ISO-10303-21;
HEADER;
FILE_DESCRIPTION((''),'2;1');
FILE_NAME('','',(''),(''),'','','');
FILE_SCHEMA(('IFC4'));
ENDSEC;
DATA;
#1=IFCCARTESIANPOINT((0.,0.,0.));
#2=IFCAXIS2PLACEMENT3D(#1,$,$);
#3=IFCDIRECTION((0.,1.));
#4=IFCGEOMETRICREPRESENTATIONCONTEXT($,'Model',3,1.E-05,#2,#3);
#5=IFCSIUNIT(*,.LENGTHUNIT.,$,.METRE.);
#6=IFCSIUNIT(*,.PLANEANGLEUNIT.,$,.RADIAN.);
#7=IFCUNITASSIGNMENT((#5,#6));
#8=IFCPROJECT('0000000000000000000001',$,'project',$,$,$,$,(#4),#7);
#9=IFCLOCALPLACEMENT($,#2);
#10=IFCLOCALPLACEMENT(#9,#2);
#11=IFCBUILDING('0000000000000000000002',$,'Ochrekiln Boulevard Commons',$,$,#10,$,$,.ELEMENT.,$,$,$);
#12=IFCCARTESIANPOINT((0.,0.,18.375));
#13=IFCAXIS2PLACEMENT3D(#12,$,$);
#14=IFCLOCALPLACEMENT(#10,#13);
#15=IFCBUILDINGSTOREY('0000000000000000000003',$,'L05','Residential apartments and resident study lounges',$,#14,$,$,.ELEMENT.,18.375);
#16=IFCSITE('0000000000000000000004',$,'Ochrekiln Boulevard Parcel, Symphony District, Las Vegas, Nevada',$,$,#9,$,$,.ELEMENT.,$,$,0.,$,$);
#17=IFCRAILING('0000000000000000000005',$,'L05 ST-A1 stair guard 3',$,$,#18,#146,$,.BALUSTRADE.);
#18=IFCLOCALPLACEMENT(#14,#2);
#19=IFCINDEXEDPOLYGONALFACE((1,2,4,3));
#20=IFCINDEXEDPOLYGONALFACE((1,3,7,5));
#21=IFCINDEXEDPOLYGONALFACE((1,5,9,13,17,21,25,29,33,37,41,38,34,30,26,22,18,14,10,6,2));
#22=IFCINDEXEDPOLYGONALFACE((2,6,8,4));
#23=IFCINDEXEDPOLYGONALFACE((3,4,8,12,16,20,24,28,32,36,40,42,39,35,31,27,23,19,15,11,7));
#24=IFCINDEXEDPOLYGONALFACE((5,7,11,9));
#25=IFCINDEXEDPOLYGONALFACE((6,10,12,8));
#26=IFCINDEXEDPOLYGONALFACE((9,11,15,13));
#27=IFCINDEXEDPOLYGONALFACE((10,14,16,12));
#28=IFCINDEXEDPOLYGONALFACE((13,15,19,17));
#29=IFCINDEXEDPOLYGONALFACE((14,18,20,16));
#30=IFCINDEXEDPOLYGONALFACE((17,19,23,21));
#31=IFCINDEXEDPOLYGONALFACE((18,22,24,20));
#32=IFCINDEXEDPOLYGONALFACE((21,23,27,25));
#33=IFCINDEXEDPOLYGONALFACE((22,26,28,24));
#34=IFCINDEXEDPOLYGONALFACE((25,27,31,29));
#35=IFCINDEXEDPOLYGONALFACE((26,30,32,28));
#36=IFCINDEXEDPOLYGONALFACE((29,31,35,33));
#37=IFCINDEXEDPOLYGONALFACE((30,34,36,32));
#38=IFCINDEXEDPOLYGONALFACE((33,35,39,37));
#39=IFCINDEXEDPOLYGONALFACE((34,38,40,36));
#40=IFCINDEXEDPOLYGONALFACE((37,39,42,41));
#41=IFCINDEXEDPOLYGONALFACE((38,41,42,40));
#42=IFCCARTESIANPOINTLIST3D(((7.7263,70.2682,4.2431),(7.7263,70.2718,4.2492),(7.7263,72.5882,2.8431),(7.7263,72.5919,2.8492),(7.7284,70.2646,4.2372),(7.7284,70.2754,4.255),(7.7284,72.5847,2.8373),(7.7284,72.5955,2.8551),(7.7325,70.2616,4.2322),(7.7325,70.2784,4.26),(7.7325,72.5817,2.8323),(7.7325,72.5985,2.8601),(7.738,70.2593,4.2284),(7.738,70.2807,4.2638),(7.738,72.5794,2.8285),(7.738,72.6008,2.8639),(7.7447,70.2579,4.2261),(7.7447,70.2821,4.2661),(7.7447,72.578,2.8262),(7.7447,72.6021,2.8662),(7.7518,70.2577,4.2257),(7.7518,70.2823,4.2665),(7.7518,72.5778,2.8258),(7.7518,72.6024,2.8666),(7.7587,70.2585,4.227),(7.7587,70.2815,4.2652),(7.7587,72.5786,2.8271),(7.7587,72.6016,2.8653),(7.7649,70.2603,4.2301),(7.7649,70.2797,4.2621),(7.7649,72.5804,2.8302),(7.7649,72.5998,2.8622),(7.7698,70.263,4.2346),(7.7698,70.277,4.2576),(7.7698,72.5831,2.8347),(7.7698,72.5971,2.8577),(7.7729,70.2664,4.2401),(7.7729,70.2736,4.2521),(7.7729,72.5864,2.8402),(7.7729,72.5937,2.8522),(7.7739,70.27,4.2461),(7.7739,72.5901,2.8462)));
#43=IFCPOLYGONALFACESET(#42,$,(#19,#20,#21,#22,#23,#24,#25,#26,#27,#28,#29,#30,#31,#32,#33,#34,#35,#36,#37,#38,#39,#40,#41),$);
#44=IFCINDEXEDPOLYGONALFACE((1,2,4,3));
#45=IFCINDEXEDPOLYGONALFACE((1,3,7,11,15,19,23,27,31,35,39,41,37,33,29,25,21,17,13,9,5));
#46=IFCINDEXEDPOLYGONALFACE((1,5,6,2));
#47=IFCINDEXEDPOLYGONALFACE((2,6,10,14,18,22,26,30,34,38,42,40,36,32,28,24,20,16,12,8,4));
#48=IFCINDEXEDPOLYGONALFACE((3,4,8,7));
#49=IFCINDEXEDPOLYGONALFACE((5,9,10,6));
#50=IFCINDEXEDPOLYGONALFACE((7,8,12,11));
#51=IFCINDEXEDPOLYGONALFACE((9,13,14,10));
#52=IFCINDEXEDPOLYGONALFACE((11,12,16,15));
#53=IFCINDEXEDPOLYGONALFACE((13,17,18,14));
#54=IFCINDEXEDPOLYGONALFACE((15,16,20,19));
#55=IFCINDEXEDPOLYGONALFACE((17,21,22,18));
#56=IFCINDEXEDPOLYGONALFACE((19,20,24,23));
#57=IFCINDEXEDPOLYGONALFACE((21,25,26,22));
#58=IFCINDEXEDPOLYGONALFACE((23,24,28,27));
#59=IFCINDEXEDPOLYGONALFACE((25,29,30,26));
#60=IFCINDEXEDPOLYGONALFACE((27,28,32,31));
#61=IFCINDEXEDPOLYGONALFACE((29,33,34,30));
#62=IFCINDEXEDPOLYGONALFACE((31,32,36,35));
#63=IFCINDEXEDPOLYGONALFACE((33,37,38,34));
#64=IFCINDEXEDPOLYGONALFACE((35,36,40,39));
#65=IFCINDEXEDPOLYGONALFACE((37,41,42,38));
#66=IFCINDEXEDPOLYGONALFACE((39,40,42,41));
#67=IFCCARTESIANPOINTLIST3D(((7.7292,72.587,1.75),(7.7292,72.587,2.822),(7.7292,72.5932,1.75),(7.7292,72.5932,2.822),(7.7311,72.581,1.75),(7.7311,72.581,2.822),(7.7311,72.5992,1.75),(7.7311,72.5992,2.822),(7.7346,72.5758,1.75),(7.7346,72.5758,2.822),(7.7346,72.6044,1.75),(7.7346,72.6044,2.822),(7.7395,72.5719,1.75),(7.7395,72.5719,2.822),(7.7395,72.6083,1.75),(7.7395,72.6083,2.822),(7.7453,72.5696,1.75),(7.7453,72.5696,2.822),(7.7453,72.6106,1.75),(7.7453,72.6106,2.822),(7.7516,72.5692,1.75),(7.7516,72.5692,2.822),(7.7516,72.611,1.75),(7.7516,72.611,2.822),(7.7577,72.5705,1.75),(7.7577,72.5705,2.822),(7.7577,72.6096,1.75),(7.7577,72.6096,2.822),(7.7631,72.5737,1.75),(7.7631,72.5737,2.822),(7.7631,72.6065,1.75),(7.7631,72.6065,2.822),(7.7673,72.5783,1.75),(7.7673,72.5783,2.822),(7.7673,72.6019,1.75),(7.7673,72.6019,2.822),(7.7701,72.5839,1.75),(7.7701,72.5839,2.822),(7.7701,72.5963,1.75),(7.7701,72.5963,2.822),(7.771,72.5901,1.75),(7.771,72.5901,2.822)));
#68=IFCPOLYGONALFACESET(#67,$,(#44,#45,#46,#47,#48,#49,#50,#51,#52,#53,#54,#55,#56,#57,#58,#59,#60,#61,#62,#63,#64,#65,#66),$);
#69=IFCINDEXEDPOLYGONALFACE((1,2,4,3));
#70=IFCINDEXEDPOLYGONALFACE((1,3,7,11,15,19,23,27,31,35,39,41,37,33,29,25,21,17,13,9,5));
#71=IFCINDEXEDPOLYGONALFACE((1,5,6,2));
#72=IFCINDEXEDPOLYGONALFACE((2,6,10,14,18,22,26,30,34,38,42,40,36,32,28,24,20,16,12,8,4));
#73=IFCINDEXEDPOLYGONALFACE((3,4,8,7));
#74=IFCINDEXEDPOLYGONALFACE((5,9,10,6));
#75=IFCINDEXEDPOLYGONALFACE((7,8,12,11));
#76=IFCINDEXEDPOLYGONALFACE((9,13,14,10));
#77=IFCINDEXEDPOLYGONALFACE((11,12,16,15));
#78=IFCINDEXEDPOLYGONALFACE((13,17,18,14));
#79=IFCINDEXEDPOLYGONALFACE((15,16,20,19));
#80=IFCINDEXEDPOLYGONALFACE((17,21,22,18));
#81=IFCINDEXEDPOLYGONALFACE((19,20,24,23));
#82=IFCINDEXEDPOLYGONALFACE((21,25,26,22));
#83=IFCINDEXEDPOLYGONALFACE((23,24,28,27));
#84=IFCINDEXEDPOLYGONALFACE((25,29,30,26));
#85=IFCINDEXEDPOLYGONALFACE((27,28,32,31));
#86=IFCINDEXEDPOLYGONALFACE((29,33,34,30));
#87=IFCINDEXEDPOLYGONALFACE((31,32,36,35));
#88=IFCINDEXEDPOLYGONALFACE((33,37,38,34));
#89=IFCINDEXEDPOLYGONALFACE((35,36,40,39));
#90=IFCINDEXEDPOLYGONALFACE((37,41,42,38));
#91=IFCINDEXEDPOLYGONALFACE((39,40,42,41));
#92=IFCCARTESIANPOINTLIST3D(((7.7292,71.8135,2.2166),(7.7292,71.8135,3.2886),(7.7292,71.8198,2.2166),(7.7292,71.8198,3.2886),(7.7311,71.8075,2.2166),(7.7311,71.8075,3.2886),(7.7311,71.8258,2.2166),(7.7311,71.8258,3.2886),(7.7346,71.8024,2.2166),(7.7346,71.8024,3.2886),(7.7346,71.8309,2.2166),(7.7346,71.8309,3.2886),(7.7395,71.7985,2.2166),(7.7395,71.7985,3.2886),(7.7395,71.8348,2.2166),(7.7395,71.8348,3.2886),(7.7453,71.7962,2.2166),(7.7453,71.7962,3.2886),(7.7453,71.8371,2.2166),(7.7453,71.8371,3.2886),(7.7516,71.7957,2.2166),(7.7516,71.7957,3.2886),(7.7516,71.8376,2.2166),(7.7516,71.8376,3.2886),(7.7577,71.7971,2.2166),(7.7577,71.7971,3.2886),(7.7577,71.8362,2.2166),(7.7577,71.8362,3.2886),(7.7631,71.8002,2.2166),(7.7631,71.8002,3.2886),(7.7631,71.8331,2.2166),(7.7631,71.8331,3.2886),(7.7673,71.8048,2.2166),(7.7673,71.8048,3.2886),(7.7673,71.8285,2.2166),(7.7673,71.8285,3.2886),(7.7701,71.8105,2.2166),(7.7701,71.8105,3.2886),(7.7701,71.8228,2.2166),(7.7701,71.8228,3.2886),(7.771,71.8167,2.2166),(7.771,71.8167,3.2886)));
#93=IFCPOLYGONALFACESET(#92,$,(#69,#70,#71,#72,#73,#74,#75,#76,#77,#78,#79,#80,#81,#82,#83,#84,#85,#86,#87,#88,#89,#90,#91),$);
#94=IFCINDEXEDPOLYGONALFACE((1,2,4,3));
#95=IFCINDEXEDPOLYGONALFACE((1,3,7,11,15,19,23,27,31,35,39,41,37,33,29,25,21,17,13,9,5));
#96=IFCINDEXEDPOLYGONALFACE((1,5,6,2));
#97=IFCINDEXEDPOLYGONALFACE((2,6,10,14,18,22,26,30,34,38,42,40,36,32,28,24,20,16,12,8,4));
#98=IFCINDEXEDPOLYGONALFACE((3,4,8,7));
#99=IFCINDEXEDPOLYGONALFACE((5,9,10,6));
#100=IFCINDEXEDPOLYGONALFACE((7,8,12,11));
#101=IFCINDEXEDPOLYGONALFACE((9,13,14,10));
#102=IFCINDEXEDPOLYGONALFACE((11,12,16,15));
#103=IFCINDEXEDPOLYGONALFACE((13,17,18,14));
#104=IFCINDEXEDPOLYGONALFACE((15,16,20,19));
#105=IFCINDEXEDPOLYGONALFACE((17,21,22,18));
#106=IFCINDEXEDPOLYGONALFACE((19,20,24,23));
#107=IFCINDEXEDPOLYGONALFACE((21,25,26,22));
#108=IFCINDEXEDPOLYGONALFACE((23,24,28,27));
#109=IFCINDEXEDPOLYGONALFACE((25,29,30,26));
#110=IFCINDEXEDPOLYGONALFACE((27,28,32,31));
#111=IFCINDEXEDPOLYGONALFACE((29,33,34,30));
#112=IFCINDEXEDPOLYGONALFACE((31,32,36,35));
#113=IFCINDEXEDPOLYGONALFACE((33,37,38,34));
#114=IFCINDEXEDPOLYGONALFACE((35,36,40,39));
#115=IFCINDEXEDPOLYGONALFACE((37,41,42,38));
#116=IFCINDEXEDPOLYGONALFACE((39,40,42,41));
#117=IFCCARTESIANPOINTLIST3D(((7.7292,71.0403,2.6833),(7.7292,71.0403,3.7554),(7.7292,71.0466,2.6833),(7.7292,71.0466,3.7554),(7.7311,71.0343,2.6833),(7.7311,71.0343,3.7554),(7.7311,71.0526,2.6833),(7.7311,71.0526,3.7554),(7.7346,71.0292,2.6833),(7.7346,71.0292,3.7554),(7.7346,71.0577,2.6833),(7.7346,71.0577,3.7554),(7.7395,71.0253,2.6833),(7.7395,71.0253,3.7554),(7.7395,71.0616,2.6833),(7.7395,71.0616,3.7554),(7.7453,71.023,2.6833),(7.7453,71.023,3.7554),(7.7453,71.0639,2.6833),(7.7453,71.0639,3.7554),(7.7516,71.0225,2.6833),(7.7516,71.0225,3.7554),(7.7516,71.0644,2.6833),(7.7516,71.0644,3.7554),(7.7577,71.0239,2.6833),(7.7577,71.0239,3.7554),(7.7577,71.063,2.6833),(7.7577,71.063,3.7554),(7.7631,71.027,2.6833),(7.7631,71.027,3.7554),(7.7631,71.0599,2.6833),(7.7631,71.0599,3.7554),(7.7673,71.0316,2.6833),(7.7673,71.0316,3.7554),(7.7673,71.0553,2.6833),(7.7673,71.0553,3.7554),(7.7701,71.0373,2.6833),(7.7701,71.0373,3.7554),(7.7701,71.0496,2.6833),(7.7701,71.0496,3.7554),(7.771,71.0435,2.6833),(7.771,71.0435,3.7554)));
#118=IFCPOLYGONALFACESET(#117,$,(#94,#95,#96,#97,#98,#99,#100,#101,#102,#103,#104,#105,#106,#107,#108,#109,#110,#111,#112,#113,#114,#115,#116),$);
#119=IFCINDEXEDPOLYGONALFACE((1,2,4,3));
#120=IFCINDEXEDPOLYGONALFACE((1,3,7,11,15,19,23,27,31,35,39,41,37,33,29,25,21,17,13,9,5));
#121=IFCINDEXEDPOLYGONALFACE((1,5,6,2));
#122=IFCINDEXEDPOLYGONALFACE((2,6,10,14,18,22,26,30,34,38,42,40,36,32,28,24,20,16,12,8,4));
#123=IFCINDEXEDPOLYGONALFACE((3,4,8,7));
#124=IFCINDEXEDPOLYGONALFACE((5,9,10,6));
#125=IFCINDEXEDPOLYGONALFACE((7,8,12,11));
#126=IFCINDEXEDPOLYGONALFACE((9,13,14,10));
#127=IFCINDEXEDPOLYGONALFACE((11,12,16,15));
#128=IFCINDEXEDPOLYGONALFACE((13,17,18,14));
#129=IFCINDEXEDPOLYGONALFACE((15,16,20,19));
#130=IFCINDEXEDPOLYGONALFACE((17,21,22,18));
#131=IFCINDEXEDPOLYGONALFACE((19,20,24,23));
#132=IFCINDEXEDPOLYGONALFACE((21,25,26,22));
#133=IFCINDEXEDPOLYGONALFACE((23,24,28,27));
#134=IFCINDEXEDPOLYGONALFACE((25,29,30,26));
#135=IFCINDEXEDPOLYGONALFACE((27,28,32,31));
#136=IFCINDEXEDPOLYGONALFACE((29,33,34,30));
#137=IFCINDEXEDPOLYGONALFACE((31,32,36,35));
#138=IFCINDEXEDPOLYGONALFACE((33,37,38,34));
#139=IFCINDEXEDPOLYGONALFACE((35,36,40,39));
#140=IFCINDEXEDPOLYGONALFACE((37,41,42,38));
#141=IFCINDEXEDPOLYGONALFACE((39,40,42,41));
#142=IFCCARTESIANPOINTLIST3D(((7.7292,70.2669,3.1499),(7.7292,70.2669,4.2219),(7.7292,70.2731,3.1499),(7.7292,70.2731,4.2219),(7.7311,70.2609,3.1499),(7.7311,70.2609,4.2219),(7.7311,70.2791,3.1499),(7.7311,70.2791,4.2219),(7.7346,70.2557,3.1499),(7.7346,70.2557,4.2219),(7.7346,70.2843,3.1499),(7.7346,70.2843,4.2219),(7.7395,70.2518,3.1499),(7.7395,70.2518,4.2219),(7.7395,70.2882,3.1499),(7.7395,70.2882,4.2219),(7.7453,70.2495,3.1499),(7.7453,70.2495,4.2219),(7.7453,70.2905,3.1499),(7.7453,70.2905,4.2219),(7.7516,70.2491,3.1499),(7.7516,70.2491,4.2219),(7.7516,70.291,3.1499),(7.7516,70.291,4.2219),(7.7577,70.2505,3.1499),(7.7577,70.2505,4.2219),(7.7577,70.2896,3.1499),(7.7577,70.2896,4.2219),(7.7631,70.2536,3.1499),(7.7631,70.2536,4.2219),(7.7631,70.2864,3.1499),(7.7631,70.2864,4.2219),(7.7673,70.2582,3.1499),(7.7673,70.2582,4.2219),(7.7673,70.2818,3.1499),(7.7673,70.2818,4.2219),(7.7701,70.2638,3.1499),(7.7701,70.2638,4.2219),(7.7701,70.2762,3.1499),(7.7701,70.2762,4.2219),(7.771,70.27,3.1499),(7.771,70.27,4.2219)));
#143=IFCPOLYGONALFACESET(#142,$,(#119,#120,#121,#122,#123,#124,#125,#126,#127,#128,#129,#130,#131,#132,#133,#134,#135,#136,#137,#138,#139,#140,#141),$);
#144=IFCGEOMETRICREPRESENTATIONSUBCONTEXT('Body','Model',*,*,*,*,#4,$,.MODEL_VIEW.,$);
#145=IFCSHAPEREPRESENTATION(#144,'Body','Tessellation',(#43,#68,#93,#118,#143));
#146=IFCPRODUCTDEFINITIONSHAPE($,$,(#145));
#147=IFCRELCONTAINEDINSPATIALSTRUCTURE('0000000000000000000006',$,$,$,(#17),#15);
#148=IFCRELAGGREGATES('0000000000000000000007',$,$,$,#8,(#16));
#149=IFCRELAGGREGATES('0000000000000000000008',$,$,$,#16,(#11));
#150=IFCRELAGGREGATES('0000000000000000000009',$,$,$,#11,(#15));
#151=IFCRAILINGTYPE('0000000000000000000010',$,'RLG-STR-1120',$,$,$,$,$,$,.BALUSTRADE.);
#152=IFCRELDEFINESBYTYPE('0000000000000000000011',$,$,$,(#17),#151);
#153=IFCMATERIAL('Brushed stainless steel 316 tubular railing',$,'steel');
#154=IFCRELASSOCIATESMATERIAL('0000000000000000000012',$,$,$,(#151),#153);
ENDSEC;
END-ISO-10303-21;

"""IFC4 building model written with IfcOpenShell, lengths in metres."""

from ifc_helpers import new_model, si_unit, direction, frame, origin, origin_2d, place, context, subcontext, project, spatial, circle, extrude, material, type_object, element, save


model = new_model("IFC4")

# Units and contexts
model_context = context("Model", 3, precision=1e-05, world=origin(), true_north=direction((0.0, 1.0)))
body_context = subcontext(model_context, "Body", "Model", "MODEL_VIEW")
ifc_project = project(units=[si_unit("LENGTHUNIT", "METRE"), si_unit("PLANEANGLEUNIT", "RADIAN")], contexts=[model_context])

# Site, building, storey
site_placement = place(None, origin())
site = spatial("IfcSite", under=ifc_project, at=site_placement, Name="Ochrekiln Boulevard Parcel, Symphony District, Las Vegas, Nevada", CompositionType="ELEMENT", RefElevation=0.0)
building_placement = place(site_placement, origin())
building = spatial("IfcBuilding", under=site, at=building_placement, Name="Ochrekiln Boulevard Commons", CompositionType="ELEMENT")
storey_placement = place(building_placement, frame((0.0, 0.0, 18.375)))
storey = spatial("IfcBuildingStorey", under=building, at=storey_placement, Name="L05", Description="Residential apartments and resident study lounges", CompositionType="ELEMENT", Elevation=18.375)

# Railing
ifc_material_1 = material(Name="Brushed stainless steel 316 tubular railing", Category="steel")
railing_type_1 = type_object("IfcRailingType", Name="RLG-STR-1120", PredefinedType="BALUSTRADE", material=ifc_material_1)
railing_1_placement = place(storey_placement, frame((7.75, 72.5901, 1.75)))
element("IfcRailing", 1, at=railing_1_placement, inside=storey, type_object=railing_type_1, Name="L05 ST-A1 stair guard 3", PredefinedType="BALUSTRADE", context=body_context, shape_type="SweptSolid", body=[
    extrude(circle(Radius=0.0239, at=origin_2d()), frame((0.0, 0.0, 1.0962), z_axis=(0.0, -0.85621, 0.516627), x_axis=(1.0, 0.0, 0.0)), (0.0, 0.0, 1.0), 2.7097),
    extrude(circle(Radius=0.021, at=origin_2d()), origin(), (0.0, 0.0, 1.0), 1.072),
    extrude(circle(Radius=0.021, at=origin_2d()), frame((0.0, -0.7734, 0.4666)), (0.0, 0.0, 1.0), 1.072),
    extrude(circle(Radius=0.021, at=origin_2d()), frame((0.0, -1.5466, 0.9333)), (0.0, 0.0, 1.0), 1.072),
    extrude(circle(Radius=0.021, at=origin_2d()), frame((0.0, -2.3201, 1.3999)), (0.0, 0.0, 1.0), 1.072),
])

save(model, "model.ifc")
